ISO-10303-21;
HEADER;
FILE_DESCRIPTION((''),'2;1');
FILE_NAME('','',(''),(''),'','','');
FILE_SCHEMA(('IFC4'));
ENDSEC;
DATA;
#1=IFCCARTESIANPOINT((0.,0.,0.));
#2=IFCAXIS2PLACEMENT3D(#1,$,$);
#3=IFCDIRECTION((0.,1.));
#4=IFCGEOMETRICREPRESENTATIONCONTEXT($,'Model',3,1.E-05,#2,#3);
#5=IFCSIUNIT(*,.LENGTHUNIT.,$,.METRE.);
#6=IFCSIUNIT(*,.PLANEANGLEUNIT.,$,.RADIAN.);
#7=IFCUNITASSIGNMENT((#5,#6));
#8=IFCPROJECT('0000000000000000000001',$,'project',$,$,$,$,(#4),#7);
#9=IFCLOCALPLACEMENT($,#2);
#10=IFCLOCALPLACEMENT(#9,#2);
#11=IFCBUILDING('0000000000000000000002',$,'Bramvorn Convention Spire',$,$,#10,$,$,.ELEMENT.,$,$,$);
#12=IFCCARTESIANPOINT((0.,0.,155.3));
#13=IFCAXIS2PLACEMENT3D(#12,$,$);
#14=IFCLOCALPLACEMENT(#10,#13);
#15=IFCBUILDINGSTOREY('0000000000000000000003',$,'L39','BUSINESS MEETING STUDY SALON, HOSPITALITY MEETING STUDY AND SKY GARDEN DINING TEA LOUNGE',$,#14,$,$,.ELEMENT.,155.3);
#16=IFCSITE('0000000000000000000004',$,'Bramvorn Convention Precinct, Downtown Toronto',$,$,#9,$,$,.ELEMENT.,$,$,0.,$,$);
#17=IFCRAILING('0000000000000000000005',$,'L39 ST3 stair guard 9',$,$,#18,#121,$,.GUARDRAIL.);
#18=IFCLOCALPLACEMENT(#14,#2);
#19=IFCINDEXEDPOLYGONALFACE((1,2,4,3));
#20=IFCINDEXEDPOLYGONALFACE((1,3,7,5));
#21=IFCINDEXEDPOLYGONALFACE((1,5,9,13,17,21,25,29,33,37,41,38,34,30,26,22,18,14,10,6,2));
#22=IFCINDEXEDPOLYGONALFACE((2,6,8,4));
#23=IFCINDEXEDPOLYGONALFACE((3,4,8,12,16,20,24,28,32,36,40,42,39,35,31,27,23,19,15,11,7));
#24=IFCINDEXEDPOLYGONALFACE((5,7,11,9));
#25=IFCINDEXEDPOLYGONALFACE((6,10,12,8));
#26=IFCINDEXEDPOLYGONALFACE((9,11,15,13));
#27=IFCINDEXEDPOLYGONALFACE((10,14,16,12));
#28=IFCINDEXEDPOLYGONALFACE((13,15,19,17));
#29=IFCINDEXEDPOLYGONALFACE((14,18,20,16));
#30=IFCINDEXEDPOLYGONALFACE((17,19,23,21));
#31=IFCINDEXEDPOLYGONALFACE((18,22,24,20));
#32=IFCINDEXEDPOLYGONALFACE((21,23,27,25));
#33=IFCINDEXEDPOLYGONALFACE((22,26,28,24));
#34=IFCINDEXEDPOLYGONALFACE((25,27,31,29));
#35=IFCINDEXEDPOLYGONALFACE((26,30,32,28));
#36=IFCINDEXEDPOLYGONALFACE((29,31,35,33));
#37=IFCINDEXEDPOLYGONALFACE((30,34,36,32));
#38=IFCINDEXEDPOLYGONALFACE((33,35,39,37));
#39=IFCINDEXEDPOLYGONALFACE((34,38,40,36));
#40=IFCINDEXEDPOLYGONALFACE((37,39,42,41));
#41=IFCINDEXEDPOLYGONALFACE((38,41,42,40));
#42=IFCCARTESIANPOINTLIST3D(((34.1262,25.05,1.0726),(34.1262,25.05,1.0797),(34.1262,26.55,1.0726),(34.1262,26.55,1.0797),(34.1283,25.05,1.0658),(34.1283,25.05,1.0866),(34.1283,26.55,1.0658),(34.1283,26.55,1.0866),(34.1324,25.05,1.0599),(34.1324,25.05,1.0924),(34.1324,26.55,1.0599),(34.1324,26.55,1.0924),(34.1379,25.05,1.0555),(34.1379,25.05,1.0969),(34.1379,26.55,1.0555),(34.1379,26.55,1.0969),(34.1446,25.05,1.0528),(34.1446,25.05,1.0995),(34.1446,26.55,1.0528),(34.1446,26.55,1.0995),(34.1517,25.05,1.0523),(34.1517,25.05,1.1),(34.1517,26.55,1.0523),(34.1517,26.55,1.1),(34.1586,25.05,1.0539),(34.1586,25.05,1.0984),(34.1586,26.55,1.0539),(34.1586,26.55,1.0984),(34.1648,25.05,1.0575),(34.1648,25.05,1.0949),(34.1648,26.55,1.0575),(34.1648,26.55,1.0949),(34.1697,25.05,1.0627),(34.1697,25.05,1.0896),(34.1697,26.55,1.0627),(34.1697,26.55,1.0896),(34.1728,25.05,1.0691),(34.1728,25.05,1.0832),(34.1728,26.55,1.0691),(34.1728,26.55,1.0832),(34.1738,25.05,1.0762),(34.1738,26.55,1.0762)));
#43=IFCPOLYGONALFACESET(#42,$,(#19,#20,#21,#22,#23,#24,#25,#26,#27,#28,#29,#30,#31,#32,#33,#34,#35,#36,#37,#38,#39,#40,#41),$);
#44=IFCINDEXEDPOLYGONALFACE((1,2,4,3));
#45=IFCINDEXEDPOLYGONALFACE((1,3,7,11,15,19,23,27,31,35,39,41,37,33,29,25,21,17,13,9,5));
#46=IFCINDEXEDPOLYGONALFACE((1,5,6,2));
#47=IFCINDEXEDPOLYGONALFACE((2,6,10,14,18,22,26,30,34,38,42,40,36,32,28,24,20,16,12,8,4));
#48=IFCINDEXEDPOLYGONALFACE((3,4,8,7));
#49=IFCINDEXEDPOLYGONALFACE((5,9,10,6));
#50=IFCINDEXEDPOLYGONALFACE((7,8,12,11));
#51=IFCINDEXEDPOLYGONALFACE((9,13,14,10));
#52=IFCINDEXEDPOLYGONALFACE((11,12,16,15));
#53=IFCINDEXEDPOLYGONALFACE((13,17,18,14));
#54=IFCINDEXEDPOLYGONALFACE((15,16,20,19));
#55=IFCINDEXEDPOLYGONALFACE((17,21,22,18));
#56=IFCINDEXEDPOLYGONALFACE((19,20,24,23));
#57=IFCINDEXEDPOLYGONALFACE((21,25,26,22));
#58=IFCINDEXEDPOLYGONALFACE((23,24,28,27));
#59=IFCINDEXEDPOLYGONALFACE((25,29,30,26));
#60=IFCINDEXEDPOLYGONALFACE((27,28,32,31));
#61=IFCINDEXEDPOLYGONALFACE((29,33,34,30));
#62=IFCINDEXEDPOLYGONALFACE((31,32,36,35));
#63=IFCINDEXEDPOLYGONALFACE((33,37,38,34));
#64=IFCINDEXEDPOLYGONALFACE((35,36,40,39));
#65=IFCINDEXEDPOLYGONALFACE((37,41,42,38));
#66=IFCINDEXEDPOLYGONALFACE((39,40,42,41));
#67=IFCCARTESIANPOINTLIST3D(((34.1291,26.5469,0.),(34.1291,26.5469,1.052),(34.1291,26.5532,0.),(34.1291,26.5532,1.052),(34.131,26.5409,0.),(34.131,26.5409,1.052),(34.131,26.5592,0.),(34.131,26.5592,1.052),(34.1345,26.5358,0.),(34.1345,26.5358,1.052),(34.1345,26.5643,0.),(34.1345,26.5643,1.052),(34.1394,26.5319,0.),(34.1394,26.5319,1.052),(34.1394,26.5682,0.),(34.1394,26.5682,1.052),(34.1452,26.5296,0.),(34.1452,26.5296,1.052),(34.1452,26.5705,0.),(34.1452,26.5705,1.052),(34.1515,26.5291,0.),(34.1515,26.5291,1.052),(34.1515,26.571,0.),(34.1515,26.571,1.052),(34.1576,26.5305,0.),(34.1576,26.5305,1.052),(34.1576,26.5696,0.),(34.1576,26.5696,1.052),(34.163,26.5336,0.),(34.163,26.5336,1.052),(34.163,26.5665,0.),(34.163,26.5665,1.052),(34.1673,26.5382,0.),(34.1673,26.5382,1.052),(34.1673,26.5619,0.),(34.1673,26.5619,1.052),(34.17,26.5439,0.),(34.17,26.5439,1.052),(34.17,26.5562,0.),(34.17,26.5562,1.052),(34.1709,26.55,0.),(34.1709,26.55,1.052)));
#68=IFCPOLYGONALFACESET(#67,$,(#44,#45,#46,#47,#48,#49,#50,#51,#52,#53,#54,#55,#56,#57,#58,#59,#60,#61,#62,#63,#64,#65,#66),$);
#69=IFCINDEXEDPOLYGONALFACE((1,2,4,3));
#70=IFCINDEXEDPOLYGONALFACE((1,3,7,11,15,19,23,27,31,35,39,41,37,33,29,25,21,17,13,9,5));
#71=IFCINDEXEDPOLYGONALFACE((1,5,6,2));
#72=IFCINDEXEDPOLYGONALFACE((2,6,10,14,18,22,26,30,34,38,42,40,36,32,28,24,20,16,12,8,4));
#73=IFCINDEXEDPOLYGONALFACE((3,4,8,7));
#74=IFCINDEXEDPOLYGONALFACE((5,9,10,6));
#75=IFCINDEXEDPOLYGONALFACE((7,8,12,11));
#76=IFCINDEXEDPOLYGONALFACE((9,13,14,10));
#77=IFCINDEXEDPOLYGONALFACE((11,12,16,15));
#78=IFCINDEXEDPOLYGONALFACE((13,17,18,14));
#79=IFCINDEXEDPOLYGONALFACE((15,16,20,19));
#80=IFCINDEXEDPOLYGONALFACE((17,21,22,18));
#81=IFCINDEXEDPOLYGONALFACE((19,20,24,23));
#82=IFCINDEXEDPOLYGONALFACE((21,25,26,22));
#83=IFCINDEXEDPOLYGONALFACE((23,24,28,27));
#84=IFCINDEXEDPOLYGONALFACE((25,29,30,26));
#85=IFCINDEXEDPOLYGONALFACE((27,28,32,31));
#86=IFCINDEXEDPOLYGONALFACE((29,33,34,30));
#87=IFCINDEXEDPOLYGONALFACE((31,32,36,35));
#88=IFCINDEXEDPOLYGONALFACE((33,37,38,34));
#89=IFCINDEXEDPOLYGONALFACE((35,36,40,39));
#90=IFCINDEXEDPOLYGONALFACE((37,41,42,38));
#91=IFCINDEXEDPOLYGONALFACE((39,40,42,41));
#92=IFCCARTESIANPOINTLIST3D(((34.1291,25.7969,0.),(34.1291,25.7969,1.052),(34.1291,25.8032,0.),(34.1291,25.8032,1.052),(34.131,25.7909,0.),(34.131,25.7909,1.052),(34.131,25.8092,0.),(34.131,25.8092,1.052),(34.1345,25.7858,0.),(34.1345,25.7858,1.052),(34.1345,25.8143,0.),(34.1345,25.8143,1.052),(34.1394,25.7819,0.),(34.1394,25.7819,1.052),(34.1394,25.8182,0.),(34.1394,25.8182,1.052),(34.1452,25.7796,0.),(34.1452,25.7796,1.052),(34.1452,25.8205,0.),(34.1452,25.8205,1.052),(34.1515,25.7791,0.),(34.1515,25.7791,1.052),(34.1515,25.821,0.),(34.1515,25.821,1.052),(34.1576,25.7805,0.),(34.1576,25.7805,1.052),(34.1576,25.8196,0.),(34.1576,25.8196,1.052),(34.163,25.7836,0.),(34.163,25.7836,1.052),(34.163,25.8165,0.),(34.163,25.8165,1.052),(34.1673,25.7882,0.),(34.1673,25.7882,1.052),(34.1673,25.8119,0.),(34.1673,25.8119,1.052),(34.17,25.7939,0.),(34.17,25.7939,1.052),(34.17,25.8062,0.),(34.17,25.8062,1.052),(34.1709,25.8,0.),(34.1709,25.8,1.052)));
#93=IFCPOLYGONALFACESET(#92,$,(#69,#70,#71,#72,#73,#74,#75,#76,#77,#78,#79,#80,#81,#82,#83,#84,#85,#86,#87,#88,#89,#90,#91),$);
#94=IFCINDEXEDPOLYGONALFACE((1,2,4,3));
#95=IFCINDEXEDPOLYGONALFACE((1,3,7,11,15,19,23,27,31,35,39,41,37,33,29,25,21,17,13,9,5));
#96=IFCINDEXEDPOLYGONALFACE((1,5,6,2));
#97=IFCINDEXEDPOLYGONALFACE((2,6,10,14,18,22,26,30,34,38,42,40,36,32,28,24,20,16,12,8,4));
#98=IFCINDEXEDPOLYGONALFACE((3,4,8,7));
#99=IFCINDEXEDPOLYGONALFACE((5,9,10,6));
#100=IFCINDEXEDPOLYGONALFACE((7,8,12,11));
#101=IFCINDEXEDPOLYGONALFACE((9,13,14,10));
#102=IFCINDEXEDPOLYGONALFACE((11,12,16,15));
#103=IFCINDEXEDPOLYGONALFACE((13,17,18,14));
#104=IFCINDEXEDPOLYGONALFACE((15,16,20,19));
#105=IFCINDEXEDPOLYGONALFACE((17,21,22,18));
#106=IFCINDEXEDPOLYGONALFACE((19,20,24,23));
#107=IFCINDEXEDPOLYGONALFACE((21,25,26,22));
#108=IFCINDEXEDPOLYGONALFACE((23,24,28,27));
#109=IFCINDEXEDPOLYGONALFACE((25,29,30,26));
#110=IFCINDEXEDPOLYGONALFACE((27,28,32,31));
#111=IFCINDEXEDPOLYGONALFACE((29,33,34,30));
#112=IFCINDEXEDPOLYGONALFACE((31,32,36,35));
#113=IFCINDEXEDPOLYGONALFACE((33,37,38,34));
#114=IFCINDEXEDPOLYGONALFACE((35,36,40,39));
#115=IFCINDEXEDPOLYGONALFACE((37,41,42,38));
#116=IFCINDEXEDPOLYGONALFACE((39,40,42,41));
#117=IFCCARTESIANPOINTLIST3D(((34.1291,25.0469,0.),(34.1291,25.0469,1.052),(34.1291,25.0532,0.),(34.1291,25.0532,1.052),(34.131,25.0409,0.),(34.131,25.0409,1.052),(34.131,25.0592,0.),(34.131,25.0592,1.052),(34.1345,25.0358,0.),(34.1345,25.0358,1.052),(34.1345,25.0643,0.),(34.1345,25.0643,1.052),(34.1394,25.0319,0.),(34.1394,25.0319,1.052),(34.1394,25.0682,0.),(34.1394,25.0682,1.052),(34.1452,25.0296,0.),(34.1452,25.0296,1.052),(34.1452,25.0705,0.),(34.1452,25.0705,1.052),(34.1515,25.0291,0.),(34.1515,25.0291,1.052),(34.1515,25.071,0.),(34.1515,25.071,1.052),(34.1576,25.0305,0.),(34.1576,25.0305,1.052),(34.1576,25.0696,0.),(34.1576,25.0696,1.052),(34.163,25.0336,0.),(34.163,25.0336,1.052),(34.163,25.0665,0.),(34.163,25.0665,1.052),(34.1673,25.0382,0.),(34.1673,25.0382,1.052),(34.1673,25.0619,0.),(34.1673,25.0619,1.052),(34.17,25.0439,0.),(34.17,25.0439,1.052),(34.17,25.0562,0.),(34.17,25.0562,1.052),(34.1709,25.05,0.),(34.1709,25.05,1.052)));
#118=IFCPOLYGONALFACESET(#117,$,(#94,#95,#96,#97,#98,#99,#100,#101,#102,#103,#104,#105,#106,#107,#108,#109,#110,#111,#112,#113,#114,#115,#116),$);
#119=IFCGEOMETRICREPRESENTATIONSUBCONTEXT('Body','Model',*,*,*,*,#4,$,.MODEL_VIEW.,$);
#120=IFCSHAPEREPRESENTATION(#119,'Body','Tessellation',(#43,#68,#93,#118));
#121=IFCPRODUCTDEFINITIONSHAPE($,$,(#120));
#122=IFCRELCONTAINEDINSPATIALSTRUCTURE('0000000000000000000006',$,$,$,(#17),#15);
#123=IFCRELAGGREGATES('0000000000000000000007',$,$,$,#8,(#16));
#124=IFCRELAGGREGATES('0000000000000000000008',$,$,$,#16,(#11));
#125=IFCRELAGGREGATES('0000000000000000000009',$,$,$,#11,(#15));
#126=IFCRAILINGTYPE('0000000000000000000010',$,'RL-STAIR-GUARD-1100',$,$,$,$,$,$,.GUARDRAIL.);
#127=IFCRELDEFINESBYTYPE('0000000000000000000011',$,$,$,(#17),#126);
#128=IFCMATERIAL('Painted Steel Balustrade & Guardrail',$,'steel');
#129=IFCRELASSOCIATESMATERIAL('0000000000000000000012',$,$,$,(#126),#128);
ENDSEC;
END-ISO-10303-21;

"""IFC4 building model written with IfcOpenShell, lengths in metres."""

from ifc_helpers import new_model, si_unit, direction, frame, origin, origin_2d, place, context, subcontext, project, spatial, circle, extrude, material, type_object, element, save


model = new_model("IFC4")

# Units and contexts
model_context = context("Model", 3, precision=1e-05, world=origin(), true_north=direction((0.0, 1.0)))
body_context = subcontext(model_context, "Body", "Model", "MODEL_VIEW")
ifc_project = project(units=[si_unit("LENGTHUNIT", "METRE"), si_unit("PLANEANGLEUNIT", "RADIAN")], contexts=[model_context])

# Site, building, storey
site_placement = place(None, origin())
site = spatial("IfcSite", under=ifc_project, at=site_placement, Name="Bramvorn Convention Precinct, Downtown Toronto", CompositionType="ELEMENT", RefElevation=0.0)
building_placement = place(site_placement, origin())
building = spatial("IfcBuilding", under=site, at=building_placement, Name="Bramvorn Convention Spire", CompositionType="ELEMENT")
storey_placement = place(building_placement, frame((0.0, 0.0, 155.3)))
storey = spatial("IfcBuildingStorey", under=building, at=storey_placement, Name="L39", Description="BUSINESS MEETING STUDY SALON, HOSPITALITY MEETING STUDY AND SKY GARDEN DINING TEA LOUNGE", CompositionType="ELEMENT", Elevation=155.3)

# Railing
ifc_material_1 = material(Name="Painted Steel Balustrade & Guardrail", Category="steel")
railing_type_1 = type_object("IfcRailingType", Name="RL-STAIR-GUARD-1100", PredefinedType="GUARDRAIL", material=ifc_material_1)
railing_1_placement = place(storey_placement, frame((34.1499, 26.55, 0.0)))
element("IfcRailing", 1, at=railing_1_placement, inside=storey, type_object=railing_type_1, Name="L39 ST3 stair guard 9", PredefinedType="GUARDRAIL", context=body_context, shape_type="SweptSolid", body=[
    extrude(circle(Radius=0.0239, at=origin_2d()), frame((0.0, 0.0, 1.0762), z_axis=(0.0, -1.0, 0.0), x_axis=(1.0, 0.0, 0.0)), (0.0, 0.0, 1.0), 1.5),
    extrude(circle(Radius=0.021, at=origin_2d()), origin(), (0.0, 0.0, 1.0), 1.052),
    extrude(circle(Radius=0.021, at=origin_2d()), frame((0.0, -0.75, 0.0)), (0.0, 0.0, 1.0), 1.052),
    extrude(circle(Radius=0.021, at=origin_2d()), frame((0.0, -1.5, 0.0)), (0.0, 0.0, 1.0), 1.052),
])

save(model, "model.ifc")
